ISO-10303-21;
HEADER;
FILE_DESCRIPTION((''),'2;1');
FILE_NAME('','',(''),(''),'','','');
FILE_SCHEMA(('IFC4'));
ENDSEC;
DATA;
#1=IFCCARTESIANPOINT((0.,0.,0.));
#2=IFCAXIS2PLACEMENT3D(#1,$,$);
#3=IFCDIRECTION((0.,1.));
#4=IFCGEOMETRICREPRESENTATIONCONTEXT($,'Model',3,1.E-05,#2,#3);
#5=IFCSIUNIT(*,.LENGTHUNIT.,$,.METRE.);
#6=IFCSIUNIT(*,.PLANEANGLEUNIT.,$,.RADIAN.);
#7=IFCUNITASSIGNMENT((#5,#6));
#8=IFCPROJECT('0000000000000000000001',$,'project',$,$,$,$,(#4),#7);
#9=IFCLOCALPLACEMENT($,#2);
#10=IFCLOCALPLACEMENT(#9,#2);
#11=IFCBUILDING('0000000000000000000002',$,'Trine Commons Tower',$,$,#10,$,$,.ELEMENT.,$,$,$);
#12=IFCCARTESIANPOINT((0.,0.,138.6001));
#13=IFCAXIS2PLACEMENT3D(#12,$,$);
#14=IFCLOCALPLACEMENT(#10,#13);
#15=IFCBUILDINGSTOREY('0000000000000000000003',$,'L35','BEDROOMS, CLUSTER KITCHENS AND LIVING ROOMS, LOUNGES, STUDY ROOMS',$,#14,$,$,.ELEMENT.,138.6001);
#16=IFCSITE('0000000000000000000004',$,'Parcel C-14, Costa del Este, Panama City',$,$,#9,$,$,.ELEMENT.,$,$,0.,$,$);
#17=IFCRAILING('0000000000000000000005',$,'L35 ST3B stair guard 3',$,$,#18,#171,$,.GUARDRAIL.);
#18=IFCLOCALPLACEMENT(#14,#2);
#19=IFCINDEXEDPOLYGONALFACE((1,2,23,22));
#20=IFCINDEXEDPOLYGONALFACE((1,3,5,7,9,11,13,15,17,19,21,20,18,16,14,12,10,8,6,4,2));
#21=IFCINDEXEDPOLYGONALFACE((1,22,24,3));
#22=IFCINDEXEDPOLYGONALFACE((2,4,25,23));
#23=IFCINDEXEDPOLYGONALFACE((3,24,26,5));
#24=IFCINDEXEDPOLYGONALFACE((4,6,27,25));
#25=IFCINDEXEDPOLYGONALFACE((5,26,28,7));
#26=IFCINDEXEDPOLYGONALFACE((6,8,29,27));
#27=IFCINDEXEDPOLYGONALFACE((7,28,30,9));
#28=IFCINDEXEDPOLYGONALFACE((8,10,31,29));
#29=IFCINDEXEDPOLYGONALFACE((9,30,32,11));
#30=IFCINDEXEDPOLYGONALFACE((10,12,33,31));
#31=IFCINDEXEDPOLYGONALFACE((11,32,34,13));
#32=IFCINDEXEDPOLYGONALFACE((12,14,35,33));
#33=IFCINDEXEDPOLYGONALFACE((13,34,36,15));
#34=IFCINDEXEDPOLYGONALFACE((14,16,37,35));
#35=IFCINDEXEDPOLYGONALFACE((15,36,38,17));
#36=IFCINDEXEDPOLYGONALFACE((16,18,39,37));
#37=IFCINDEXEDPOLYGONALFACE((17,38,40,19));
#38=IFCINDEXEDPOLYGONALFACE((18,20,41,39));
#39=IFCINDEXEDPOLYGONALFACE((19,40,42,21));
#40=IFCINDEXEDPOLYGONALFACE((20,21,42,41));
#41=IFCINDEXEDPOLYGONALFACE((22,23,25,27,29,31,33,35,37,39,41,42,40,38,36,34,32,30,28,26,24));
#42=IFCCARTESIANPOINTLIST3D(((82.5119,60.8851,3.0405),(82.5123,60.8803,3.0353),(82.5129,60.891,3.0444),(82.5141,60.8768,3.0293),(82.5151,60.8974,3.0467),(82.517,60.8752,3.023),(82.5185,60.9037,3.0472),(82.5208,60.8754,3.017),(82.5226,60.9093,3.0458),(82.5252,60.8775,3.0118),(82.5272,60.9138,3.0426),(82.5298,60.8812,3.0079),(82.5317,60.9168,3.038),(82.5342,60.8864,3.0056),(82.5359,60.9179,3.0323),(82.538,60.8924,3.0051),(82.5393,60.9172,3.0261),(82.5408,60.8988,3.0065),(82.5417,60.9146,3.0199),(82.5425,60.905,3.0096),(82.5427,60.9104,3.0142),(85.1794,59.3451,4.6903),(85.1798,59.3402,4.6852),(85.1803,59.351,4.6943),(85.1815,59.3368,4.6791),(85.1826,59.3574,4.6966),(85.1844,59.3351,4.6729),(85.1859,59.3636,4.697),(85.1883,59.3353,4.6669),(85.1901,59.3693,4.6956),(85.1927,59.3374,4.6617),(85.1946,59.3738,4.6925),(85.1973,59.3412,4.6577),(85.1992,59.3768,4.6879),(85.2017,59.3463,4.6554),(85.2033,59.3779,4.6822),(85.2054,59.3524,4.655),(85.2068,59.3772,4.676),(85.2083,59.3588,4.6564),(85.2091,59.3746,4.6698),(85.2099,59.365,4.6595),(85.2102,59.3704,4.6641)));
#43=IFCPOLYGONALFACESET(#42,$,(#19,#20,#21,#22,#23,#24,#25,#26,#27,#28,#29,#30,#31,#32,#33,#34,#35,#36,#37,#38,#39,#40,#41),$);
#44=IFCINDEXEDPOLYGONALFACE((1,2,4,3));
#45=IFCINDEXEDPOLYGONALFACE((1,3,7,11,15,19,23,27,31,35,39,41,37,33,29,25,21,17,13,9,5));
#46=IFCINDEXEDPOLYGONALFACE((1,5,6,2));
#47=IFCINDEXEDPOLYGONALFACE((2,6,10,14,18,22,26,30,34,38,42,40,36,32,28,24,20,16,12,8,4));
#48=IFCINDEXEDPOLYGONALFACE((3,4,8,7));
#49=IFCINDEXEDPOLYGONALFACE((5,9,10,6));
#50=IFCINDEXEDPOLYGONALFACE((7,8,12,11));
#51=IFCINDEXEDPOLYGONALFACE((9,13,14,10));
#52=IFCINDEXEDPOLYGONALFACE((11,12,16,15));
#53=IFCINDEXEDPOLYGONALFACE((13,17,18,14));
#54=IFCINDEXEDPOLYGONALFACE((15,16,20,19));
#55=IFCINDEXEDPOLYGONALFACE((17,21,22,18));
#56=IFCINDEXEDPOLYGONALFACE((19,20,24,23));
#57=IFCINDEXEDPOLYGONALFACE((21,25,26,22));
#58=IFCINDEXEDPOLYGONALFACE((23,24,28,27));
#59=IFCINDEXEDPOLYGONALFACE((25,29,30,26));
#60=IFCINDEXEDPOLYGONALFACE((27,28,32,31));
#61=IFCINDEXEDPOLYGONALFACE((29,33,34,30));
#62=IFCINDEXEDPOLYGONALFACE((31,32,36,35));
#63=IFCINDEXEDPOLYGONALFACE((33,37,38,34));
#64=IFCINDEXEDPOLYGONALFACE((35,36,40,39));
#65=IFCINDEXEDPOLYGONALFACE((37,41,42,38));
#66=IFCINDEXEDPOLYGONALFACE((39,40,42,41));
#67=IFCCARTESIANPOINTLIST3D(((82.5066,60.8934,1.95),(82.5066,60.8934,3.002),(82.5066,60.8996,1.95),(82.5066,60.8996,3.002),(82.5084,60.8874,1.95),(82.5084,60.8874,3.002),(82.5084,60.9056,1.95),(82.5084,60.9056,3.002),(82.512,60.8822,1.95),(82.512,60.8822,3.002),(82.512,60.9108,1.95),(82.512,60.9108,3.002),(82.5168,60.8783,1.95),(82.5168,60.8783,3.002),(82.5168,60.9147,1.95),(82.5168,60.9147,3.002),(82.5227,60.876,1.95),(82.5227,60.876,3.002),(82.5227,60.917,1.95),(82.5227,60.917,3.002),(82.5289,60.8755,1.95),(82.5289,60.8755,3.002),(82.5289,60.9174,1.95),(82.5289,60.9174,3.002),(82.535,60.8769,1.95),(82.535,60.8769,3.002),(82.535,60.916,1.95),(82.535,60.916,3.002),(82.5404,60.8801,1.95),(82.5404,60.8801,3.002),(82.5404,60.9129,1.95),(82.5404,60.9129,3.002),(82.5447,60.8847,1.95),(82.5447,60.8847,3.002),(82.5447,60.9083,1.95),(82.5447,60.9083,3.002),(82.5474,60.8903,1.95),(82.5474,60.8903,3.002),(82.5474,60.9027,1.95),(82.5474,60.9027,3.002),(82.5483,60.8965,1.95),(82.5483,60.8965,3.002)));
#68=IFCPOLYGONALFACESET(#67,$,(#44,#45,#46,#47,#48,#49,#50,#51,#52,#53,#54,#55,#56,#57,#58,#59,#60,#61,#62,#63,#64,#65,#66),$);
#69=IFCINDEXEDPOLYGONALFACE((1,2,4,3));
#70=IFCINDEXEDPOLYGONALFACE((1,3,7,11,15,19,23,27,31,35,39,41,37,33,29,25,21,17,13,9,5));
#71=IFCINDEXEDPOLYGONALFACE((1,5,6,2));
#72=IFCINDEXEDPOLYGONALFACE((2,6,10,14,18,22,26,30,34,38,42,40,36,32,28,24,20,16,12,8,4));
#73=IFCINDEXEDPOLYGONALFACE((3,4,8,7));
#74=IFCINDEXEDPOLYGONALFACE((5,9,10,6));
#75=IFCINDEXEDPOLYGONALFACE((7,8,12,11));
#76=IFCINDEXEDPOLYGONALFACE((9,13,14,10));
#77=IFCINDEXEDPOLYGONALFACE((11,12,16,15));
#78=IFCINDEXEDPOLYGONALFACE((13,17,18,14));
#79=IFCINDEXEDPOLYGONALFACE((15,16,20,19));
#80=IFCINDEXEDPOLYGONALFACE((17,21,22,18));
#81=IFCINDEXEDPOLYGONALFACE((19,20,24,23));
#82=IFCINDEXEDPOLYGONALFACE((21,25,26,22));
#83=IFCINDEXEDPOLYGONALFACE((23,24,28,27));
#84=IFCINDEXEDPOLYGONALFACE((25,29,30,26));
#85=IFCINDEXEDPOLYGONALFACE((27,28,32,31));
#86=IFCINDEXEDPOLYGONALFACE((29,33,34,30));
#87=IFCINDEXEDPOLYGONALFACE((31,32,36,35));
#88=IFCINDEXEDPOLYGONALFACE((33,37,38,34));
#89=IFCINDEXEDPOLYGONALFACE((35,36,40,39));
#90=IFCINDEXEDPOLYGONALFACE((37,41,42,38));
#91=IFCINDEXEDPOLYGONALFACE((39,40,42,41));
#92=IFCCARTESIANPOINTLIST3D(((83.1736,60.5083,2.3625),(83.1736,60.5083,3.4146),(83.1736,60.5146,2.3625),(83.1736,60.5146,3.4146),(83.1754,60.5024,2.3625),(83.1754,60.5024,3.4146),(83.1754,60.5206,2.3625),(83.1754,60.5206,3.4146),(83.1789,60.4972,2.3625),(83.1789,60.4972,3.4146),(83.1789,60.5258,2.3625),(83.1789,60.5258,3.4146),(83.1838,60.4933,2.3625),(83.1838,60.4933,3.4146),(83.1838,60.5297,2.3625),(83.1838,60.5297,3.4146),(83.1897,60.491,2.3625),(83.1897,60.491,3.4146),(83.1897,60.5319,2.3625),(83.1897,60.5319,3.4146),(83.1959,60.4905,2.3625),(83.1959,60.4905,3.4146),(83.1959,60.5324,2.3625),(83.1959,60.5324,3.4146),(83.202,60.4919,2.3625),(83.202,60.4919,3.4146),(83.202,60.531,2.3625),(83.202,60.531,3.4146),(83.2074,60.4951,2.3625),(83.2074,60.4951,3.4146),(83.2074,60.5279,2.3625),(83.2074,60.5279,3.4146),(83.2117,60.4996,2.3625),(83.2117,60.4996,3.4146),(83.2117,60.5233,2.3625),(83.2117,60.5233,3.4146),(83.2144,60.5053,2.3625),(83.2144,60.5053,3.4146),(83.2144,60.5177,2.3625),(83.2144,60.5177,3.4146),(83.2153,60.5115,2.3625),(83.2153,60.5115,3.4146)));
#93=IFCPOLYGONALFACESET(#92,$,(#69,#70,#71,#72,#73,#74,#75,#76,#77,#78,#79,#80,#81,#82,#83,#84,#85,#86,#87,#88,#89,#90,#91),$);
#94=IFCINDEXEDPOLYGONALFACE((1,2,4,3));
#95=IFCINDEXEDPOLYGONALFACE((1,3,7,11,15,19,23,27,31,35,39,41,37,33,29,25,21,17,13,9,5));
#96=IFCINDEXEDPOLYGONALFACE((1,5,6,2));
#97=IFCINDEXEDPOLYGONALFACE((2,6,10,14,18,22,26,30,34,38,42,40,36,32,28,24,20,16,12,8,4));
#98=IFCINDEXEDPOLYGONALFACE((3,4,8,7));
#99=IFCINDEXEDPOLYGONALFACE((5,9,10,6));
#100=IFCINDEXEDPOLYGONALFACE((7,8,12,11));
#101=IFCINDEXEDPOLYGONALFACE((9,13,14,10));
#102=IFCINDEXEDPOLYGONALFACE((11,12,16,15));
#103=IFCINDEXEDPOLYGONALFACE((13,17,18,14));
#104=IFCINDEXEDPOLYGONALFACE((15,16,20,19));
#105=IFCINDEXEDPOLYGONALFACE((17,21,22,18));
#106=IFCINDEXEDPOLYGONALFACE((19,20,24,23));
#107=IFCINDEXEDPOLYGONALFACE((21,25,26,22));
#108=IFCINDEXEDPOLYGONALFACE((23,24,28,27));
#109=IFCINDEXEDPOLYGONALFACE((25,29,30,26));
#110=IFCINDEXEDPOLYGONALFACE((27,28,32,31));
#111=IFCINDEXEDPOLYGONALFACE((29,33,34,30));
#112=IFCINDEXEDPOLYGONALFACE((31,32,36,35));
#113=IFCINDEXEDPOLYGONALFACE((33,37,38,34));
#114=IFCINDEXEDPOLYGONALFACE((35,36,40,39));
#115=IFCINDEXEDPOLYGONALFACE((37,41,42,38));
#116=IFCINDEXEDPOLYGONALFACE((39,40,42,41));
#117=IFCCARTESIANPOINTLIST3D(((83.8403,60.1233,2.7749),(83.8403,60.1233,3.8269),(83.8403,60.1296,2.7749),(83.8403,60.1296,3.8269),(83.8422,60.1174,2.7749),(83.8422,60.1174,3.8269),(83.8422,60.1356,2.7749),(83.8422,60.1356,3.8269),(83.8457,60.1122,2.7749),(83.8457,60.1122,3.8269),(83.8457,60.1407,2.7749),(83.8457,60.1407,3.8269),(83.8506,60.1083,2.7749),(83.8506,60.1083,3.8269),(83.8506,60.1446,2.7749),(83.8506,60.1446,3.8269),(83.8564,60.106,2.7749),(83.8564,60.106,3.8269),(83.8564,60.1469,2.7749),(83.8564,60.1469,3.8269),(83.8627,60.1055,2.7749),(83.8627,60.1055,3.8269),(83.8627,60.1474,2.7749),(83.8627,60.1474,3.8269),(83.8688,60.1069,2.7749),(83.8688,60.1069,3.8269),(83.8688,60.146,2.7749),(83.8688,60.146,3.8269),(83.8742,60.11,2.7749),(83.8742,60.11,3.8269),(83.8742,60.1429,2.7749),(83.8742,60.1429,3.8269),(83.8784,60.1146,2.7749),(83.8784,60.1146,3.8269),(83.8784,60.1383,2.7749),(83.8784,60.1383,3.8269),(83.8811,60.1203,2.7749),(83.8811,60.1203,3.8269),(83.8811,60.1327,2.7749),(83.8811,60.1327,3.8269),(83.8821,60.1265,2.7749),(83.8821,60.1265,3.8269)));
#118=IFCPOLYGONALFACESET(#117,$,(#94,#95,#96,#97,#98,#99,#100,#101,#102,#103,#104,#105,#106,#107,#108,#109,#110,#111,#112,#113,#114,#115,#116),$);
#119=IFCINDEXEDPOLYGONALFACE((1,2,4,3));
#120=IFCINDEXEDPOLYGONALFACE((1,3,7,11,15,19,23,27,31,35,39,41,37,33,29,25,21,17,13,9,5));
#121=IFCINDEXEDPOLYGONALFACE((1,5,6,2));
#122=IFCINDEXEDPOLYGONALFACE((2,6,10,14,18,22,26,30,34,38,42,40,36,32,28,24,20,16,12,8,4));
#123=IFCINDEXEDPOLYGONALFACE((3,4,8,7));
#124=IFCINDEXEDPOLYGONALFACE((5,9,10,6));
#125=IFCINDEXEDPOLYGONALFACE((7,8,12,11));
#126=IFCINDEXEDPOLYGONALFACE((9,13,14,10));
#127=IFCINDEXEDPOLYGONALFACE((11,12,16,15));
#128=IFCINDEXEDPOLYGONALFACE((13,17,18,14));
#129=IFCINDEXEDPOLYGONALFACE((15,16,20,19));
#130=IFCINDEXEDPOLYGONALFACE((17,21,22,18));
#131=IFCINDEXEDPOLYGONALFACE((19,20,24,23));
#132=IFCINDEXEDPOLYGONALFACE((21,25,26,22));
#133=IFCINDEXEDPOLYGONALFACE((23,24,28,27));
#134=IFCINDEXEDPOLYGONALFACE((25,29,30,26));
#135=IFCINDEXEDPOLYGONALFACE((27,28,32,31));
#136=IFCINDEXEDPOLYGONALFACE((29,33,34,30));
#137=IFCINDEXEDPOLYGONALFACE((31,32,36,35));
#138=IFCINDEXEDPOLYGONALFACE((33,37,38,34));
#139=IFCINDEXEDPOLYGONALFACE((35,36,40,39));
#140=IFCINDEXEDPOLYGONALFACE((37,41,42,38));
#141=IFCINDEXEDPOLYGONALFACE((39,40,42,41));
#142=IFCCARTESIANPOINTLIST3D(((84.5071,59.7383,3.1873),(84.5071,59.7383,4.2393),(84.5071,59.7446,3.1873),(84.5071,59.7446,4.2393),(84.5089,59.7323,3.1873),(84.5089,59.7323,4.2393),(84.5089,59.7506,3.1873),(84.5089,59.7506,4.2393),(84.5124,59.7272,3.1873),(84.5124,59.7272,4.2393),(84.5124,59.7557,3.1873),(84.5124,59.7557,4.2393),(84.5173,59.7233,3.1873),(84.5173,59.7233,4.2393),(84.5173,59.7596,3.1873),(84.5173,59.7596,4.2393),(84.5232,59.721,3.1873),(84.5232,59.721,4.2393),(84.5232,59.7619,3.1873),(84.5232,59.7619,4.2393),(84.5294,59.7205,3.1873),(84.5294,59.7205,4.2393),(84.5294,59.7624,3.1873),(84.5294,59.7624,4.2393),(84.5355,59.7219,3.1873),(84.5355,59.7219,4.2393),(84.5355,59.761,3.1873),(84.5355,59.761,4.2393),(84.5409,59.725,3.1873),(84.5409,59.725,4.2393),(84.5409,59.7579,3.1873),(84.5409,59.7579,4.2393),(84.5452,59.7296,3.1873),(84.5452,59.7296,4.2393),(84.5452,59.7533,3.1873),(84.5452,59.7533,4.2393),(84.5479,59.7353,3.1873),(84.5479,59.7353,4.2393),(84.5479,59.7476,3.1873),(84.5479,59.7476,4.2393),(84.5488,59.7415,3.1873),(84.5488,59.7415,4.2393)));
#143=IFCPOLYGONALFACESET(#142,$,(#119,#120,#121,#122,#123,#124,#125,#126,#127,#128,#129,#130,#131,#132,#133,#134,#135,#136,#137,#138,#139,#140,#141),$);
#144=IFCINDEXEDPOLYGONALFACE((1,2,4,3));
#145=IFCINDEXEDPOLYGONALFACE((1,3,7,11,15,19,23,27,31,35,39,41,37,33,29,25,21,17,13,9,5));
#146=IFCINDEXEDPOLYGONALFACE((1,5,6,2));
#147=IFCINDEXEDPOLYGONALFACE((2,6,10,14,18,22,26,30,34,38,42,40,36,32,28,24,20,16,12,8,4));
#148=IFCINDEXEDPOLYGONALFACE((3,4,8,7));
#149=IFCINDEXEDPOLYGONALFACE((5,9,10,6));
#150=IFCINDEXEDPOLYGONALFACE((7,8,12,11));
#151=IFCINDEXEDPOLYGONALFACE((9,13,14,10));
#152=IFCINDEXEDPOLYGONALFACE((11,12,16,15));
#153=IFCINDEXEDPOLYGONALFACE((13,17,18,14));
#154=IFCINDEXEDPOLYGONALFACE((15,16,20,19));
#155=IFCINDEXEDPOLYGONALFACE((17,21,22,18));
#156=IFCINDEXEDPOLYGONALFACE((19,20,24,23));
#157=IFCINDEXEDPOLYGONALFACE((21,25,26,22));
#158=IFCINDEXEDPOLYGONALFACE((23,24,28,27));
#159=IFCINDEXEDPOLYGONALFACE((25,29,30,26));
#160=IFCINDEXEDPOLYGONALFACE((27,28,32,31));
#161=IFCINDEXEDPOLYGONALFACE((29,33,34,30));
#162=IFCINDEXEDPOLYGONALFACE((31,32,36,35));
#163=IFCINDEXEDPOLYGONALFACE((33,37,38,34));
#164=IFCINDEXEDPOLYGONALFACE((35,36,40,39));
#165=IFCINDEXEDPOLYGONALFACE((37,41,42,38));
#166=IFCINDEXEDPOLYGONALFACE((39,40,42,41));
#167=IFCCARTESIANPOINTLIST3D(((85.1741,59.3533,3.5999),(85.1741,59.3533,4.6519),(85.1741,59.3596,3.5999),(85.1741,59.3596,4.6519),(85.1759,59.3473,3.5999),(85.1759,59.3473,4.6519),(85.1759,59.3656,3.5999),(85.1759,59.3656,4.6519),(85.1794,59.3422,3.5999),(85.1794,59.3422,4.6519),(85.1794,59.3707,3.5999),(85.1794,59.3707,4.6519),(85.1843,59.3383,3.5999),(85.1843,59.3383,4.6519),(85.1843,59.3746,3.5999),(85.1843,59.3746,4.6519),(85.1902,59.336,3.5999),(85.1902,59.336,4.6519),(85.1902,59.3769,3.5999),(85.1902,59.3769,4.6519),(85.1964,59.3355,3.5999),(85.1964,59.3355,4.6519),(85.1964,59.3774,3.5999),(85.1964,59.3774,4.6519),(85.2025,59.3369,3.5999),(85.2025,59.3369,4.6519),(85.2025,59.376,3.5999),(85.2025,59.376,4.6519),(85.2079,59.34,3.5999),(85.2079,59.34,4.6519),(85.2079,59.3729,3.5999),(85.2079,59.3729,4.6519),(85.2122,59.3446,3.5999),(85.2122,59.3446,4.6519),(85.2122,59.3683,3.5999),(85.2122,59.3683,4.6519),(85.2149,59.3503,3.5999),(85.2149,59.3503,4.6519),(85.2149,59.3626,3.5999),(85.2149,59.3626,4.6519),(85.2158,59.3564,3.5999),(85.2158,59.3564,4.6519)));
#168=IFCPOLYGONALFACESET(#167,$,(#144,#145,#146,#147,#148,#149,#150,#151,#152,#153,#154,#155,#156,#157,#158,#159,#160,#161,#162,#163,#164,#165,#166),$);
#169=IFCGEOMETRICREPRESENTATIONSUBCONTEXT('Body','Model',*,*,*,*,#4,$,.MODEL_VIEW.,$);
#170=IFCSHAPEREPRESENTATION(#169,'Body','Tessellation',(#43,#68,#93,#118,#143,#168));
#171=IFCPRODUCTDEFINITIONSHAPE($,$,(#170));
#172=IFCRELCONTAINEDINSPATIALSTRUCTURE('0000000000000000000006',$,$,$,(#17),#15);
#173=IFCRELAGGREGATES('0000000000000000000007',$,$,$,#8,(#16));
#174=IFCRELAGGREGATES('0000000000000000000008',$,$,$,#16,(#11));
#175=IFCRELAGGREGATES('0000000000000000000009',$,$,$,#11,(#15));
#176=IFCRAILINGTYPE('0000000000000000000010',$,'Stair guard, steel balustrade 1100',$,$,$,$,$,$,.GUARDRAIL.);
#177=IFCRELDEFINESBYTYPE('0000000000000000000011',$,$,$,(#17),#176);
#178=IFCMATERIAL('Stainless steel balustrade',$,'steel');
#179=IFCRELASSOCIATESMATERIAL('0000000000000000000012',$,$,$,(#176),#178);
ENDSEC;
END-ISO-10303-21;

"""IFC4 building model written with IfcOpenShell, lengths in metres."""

from ifc_helpers import new_model, si_unit, direction, frame, origin, origin_2d, place, context, subcontext, project, spatial, circle, extrude, material, type_object, element, save


model = new_model("IFC4")

# Units and contexts
model_context = context("Model", 3, precision=1e-05, world=origin(), true_north=direction((0.0, 1.0)))
body_context = subcontext(model_context, "Body", "Model", "MODEL_VIEW")
ifc_project = project(units=[si_unit("LENGTHUNIT", "METRE"), si_unit("PLANEANGLEUNIT", "RADIAN")], contexts=[model_context])

# Site, building, storey
site_placement = place(None, origin())
site = spatial("IfcSite", under=ifc_project, at=site_placement, Name="Parcel C-14, Costa del Este, Panama City", CompositionType="ELEMENT", RefElevation=0.0)
building_placement = place(site_placement, origin())
building = spatial("IfcBuilding", under=site, at=building_placement, Name="Trine Commons Tower", CompositionType="ELEMENT")
storey_placement = place(building_placement, frame((0.0, 0.0, 138.6001)))
storey = spatial("IfcBuildingStorey", under=building, at=storey_placement, Name="L35", Description="BEDROOMS, CLUSTER KITCHENS AND LIVING ROOMS, LOUNGES, STUDY ROOMS", CompositionType="ELEMENT", Elevation=138.6001)

# Railing
ifc_material_1 = material(Name="Stainless steel balustrade", Category="steel")
railing_type_1 = type_object("IfcRailingType", Name="Stair guard, steel balustrade 1100", PredefinedType="GUARDRAIL", material=ifc_material_1)
railing_1_placement = place(storey_placement, frame((82.5273, 60.8965, 1.95)))
element("IfcRailing", 1, at=railing_1_placement, inside=storey, type_object=railing_type_1, Name="L35 ST3B stair guard 3", PredefinedType="GUARDRAIL", context=body_context, shape_type="SweptSolid", body=[
    extrude(circle(Radius=0.0239, at=origin_2d()), frame((0.0, 0.0, 1.0762), z_axis=(0.763405, -0.440743, 0.472185), x_axis=(0.499992, 0.86603, 0.0)), (0.0, 0.0, 1.0), 3.4941),
    extrude(circle(Radius=0.021, at=origin_2d()), origin(), (0.0, 0.0, 1.0), 1.052),
    extrude(circle(Radius=0.021, at=origin_2d()), frame((0.667, -0.385, 0.4126)), (0.0, 0.0, 1.0), 1.052),
    extrude(circle(Radius=0.021, at=origin_2d()), frame((1.3337, -0.77, 0.825)), (0.0, 0.0, 1.0), 1.052),
    extrude(circle(Radius=0.021, at=origin_2d()), frame((2.0005, -1.155, 1.2373)), (0.0, 0.0, 1.0), 1.052),
    extrude(circle(Radius=0.021, at=origin_2d()), frame((2.6675, -1.54, 1.6499)), (0.0, 0.0, 1.0), 1.052),
])

save(model, "model.ifc")
